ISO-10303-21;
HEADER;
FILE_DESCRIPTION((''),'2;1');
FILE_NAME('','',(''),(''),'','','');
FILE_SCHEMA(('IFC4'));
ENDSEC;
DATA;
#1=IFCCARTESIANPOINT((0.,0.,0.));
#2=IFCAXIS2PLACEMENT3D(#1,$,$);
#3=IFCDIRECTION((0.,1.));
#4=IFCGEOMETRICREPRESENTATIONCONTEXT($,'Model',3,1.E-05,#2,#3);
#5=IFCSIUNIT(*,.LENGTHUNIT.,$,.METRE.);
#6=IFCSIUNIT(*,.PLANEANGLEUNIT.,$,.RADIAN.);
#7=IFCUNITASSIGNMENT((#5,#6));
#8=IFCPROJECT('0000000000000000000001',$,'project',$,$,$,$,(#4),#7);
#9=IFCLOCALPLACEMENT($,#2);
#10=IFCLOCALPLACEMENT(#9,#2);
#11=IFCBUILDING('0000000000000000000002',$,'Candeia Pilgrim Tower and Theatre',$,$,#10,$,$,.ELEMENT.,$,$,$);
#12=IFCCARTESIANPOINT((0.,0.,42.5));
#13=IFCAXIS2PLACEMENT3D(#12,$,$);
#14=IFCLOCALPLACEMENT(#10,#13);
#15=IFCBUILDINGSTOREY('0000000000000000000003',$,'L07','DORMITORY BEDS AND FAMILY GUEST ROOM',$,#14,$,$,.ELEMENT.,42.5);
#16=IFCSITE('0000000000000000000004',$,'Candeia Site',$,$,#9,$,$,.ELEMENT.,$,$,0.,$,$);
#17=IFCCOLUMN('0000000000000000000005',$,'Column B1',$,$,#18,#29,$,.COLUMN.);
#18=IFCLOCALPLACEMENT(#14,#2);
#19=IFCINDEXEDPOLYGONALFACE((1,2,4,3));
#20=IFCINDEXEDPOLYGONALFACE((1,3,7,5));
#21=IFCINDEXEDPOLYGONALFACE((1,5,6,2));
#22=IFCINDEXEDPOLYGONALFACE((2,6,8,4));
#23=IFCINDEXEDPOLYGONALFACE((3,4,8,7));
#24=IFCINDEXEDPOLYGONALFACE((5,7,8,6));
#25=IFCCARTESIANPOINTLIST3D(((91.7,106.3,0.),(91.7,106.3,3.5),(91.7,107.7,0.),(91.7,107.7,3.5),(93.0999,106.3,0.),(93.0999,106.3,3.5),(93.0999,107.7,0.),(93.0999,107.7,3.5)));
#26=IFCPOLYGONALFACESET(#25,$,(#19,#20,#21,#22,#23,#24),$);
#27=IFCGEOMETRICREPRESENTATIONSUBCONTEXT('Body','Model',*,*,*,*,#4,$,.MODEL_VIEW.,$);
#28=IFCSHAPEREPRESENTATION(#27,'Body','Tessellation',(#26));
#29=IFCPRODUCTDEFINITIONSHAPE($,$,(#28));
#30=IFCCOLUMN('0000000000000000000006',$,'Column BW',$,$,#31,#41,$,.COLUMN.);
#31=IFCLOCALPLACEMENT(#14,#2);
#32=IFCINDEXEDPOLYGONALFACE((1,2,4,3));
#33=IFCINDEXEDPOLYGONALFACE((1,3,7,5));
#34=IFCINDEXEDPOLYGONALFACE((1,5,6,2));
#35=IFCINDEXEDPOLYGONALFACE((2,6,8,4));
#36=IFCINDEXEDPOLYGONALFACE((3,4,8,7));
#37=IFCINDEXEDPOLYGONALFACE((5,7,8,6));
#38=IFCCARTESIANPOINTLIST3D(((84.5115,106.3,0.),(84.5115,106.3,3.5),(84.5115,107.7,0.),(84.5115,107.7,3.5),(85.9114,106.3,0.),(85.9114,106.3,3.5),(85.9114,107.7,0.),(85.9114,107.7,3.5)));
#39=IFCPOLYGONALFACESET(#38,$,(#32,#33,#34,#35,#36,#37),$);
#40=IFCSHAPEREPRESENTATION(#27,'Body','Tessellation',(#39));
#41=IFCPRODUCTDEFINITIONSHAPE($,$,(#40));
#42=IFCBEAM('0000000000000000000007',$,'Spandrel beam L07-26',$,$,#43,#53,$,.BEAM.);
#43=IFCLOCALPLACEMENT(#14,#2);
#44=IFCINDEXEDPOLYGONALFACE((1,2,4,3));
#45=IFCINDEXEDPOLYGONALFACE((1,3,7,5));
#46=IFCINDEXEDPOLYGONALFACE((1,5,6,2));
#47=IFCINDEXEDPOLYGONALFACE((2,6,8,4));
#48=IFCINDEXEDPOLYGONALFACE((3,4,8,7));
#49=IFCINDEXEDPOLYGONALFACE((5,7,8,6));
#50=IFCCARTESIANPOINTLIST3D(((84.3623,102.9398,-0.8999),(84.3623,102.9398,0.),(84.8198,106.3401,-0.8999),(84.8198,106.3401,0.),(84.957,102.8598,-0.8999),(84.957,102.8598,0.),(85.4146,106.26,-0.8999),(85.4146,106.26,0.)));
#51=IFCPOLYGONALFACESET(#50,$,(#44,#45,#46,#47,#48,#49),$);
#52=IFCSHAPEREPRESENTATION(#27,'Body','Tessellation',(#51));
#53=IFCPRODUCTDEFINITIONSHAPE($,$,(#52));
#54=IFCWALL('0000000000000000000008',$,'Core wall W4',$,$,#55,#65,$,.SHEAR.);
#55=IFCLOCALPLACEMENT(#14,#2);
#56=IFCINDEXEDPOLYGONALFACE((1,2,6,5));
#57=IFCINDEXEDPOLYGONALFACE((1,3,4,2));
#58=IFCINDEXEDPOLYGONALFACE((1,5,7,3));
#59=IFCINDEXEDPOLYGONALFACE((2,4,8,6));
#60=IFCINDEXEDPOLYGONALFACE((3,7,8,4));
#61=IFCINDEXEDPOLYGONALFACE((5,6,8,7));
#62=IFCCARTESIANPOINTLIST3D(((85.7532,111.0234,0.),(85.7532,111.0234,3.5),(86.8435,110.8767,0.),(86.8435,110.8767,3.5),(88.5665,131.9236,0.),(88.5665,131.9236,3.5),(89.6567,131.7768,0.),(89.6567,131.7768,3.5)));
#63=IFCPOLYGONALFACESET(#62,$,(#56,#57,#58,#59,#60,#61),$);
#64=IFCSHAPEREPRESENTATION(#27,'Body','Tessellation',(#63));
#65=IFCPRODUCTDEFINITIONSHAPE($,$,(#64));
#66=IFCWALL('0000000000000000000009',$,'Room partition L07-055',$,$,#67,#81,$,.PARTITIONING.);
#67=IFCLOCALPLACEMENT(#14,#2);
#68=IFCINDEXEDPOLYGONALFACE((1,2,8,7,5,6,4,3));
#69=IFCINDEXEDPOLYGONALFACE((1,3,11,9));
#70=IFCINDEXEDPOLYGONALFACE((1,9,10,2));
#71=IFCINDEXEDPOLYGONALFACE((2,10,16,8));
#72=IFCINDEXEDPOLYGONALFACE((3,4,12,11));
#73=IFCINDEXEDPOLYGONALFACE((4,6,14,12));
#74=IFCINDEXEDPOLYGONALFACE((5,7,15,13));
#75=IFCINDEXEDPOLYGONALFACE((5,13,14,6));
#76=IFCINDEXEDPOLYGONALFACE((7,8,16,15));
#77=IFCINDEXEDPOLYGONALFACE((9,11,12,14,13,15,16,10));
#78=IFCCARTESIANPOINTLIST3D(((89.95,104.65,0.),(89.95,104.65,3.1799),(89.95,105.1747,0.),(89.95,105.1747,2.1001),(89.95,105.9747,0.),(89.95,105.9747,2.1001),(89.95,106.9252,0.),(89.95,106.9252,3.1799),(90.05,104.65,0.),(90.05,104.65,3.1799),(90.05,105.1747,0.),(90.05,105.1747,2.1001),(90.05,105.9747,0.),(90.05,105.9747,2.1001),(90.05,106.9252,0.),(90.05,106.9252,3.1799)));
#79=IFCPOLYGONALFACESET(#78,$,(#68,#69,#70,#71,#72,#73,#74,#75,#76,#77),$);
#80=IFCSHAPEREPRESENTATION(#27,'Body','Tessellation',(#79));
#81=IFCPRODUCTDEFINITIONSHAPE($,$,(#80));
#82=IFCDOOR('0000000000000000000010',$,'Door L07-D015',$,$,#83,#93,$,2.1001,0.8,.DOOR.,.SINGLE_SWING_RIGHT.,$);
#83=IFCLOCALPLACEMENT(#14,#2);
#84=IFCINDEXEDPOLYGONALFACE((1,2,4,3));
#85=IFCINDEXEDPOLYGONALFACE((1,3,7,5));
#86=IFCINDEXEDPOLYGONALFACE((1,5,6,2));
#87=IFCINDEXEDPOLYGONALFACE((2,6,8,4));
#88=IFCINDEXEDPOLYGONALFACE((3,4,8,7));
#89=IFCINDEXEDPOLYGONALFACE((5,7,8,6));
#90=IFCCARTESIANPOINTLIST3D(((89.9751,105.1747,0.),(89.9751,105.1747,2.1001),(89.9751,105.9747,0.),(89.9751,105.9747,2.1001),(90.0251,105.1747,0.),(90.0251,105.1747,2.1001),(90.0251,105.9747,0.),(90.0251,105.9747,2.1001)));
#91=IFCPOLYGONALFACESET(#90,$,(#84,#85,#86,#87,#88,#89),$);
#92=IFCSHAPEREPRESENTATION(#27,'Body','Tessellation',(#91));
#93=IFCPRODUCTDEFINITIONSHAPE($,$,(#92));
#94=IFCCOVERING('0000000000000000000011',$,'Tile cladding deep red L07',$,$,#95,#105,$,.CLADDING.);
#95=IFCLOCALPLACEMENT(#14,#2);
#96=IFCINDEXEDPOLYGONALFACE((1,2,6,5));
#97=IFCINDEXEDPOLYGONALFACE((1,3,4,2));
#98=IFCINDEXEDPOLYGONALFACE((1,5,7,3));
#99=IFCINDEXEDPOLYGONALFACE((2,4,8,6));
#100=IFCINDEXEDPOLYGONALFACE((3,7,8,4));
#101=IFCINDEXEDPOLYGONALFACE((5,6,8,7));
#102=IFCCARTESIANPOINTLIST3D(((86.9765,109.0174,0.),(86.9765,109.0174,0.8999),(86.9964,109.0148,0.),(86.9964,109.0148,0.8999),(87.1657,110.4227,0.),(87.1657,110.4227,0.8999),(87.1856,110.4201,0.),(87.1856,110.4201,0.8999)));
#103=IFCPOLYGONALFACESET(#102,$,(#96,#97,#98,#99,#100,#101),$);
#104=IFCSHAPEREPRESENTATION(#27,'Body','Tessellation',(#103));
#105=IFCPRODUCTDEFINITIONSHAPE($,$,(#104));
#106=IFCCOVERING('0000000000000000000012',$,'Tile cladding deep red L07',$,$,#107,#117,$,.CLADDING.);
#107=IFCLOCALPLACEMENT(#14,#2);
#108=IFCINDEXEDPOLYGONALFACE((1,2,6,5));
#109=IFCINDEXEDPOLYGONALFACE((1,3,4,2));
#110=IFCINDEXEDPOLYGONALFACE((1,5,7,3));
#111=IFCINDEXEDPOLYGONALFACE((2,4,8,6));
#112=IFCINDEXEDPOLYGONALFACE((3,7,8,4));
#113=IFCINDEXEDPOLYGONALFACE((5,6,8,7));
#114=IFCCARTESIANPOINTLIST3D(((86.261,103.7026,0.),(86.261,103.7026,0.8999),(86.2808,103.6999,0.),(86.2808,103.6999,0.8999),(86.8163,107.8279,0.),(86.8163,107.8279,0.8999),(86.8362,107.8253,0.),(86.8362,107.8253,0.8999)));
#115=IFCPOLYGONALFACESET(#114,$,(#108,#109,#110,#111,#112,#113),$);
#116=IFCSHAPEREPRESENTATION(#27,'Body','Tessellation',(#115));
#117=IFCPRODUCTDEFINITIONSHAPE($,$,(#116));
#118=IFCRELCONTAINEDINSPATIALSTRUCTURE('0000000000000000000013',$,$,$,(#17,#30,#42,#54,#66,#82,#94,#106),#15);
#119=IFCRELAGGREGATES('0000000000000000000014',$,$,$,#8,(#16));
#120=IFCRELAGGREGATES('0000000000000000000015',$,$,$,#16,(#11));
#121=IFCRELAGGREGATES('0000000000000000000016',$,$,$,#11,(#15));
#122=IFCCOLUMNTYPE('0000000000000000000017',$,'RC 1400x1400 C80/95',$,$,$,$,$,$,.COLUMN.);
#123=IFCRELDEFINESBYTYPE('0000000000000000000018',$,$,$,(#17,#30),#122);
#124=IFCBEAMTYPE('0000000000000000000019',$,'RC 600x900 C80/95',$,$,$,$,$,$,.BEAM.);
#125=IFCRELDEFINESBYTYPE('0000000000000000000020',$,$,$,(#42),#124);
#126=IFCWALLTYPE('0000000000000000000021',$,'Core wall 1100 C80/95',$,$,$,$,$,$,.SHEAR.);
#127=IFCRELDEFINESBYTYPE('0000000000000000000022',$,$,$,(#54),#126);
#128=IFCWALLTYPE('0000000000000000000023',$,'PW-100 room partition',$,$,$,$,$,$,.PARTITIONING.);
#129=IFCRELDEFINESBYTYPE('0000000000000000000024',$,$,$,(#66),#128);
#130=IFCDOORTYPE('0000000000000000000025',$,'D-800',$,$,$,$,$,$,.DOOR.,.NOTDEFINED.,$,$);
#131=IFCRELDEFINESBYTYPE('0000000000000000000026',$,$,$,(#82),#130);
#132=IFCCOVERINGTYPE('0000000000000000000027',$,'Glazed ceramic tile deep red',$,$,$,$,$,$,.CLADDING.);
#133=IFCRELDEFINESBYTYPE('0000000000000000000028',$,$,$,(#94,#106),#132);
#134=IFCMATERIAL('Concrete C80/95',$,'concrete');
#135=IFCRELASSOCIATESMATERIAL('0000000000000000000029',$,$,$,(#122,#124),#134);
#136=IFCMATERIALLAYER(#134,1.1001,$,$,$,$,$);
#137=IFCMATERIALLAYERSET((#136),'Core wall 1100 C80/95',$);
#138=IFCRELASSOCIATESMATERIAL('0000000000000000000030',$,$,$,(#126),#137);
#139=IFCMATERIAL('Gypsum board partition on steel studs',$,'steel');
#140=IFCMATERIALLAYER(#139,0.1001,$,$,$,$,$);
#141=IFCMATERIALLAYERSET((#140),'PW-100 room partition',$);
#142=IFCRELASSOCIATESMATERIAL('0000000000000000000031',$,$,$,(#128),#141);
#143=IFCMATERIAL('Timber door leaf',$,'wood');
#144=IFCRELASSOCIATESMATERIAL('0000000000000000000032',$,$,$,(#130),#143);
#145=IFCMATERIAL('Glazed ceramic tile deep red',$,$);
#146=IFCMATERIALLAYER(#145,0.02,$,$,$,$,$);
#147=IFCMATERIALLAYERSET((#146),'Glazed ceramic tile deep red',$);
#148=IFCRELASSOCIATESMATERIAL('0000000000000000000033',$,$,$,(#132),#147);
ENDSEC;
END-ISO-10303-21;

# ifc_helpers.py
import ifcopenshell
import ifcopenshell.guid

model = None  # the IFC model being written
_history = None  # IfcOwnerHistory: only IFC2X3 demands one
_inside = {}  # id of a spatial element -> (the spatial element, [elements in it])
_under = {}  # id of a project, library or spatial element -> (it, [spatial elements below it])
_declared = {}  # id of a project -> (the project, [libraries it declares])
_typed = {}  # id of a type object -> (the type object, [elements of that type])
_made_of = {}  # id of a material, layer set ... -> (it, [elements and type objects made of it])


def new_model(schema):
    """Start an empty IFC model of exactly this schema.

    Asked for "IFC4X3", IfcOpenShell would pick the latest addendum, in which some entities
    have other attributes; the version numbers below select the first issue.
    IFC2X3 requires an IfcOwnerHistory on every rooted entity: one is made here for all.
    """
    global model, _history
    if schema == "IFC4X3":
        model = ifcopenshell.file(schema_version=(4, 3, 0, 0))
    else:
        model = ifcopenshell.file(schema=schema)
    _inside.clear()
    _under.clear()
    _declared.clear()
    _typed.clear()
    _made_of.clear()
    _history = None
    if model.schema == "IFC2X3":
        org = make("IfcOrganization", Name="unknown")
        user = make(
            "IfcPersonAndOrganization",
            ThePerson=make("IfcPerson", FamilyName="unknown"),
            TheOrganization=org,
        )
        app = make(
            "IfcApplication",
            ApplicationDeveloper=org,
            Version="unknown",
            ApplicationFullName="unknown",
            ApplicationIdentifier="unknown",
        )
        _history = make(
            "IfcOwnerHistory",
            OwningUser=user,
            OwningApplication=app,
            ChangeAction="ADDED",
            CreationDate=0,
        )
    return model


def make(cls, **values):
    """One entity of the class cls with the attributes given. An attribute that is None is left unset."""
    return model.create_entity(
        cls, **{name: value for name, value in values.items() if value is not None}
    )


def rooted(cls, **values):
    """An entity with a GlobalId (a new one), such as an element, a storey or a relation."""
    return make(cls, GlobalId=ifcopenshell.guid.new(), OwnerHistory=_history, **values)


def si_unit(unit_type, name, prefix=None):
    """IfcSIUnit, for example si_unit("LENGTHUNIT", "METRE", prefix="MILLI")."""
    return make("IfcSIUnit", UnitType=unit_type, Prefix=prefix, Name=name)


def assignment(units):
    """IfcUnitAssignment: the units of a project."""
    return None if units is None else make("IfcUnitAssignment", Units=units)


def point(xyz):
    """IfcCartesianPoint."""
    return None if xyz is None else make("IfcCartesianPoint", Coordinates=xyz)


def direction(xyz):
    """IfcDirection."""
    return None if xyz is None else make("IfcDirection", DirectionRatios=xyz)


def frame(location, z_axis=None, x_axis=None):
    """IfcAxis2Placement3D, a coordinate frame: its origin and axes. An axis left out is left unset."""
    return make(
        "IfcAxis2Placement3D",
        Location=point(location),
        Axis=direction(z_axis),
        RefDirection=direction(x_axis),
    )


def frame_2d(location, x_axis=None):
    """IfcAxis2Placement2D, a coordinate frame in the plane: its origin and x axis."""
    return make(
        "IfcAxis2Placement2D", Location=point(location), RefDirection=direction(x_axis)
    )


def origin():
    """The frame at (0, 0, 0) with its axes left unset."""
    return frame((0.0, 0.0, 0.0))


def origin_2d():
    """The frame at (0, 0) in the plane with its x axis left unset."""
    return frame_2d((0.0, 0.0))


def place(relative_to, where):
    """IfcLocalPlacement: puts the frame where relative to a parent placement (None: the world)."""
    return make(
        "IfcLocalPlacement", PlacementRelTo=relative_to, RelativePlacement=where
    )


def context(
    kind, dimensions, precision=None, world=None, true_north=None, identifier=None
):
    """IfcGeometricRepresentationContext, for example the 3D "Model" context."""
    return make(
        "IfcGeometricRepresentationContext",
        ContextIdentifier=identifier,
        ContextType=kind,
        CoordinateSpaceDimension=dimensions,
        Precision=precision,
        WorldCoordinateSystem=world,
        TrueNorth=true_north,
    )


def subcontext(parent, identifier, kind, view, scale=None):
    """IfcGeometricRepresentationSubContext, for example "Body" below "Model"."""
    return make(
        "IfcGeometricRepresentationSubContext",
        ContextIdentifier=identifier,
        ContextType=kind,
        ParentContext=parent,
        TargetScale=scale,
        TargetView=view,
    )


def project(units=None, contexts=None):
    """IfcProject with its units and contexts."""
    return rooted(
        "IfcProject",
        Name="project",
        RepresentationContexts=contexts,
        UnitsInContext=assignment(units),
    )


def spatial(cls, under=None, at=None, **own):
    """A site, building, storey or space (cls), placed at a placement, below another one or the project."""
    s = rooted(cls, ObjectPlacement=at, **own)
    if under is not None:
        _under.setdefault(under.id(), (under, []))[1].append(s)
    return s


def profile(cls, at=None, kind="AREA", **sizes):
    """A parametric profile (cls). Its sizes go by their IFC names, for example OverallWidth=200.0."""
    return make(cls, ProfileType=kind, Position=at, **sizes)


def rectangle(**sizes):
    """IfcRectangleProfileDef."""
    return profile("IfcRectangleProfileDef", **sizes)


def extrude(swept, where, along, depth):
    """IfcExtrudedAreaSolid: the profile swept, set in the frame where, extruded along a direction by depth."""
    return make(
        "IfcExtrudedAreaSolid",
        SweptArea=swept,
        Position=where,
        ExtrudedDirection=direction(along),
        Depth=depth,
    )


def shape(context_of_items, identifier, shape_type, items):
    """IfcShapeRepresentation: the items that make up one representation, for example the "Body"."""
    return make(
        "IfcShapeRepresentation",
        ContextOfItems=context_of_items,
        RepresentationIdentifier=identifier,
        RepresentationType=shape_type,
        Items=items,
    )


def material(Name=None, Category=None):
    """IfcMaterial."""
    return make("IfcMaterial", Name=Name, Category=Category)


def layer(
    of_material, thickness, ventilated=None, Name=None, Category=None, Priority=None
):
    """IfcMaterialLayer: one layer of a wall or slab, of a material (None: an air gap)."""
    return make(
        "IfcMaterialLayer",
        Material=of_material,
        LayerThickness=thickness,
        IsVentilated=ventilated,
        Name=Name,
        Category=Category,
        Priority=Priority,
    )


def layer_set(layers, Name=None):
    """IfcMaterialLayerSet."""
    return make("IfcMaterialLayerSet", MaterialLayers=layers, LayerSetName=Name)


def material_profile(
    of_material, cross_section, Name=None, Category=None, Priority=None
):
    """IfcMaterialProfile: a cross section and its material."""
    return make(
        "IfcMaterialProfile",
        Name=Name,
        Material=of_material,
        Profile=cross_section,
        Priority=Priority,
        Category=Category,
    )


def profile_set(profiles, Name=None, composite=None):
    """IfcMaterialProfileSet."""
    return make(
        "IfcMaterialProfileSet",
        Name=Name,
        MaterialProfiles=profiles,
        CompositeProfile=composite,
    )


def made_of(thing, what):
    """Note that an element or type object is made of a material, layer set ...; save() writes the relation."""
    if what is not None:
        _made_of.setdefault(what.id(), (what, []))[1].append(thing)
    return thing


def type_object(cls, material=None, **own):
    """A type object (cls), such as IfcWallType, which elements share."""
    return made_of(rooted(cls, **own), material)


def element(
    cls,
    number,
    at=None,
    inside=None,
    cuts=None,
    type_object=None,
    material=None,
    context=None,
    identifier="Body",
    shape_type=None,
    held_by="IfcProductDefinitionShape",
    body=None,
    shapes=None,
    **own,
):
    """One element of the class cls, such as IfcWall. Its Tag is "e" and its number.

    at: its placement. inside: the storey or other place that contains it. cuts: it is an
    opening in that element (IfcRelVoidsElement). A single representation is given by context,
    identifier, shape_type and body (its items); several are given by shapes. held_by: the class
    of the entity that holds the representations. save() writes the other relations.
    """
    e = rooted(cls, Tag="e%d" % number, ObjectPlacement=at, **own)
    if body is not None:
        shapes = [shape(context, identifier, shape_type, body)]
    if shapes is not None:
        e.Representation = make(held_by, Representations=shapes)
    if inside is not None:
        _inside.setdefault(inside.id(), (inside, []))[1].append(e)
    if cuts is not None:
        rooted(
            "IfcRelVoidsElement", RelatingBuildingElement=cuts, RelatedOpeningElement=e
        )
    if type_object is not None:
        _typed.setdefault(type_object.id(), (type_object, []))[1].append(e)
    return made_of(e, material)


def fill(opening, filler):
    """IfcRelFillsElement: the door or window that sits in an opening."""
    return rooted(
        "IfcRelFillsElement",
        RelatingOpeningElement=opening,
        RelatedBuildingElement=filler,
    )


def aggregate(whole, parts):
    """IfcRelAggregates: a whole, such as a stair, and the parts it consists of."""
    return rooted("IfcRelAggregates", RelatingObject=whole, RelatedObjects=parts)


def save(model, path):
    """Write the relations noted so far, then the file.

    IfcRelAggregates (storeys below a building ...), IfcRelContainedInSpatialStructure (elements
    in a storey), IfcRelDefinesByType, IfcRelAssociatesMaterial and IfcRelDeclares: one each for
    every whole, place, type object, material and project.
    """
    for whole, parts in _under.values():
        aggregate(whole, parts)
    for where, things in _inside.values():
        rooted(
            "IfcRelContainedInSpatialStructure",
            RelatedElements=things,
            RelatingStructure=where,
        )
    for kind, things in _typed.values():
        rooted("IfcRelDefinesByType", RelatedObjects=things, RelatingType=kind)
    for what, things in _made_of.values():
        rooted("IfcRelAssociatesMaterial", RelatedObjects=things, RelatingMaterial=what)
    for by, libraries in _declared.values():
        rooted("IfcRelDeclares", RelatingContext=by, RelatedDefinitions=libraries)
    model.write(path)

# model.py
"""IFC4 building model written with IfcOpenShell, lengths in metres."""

from ifc_helpers import new_model, si_unit, direction, frame, frame_2d, origin, origin_2d, place, context, subcontext, project, spatial, rectangle, extrude, material, layer, layer_set, material_profile, profile_set, type_object, element, fill, save


model = new_model("IFC4")

# Units and contexts
model_context = context("Model", 3, precision=1e-05, world=origin(), true_north=direction((0.0, 1.0)))
body_context = subcontext(model_context, "Body", "Model", "MODEL_VIEW")
ifc_project = project(units=[si_unit("LENGTHUNIT", "METRE"), si_unit("PLANEANGLEUNIT", "RADIAN")], contexts=[model_context])

# Site, building, storey
site_placement = place(None, origin())
site = spatial("IfcSite", under=ifc_project, at=site_placement, Name="Candeia Site", CompositionType="ELEMENT", RefElevation=0.0)
building_placement = place(site_placement, origin())
building = spatial("IfcBuilding", under=site, at=building_placement, Name="Candeia Pilgrim Tower and Theatre", CompositionType="ELEMENT")
storey_placement = place(building_placement, frame((0.0, 0.0, 42.5)))
storey = spatial("IfcBuildingStorey", under=building, at=storey_placement, Name="L07", Description="DORMITORY BEDS AND FAMILY GUEST ROOM", CompositionType="ELEMENT", Elevation=42.5)

# Columns
ifc_material_1 = material(Name="Concrete C80/95", Category="concrete")
ifc_material_profile_1 = material_profile(ifc_material_1, rectangle(XDim=1.3999, YDim=1.3999, at=origin_2d()))
ifc_profile_set_1 = profile_set([ifc_material_profile_1], Name="Concrete C80/95")
column_type = type_object("IfcColumnType", Name="RC 1400x1400 C80/95", PredefinedType="COLUMN", material=ifc_profile_set_1)
for number, where, z_axis, x_axis, name in (
    (1, (92.3999, 107.0, 0.0), (0.0, 0.0, 1.0), (1.0, 0.0, 0.0), "Column B1"),
    (2, (85.2114, 107.0, 0.0), (0.0, 0.0, 1.0), (1.0, 0.0, 0.0), "Column BW"),
):
    element("IfcColumn", number, at=place(storey_placement, frame(where, z_axis=z_axis, x_axis=x_axis)), inside=storey, type_object=column_type, Name=name, PredefinedType="COLUMN", context=body_context, shape_type="SweptSolid", body=[
        extrude(rectangle(XDim=1.3999, YDim=1.3999, at=origin_2d()), origin(), (0.0, 0.0, 1.0), 3.5),
    ])

# Beam
ifc_material_profile_2 = material_profile(ifc_material_1, rectangle(XDim=0.6001, YDim=0.8999, at=origin_2d()))
ifc_profile_set_2 = profile_set([ifc_material_profile_2], Name="Concrete C80/95")
beam_type = type_object("IfcBeamType", Name="RC 600x900 C80/95", PredefinedType="BEAM", material=ifc_profile_set_2)
beam_placement = place(storey_placement, frame((85.1172, 106.3, -0.45), z_axis=(-0.133357, -0.991068, 0.0), x_axis=(0.991068, -0.133357, 0.0)))
element("IfcBeam", 3, at=beam_placement, inside=storey, type_object=beam_type, Name="Spandrel beam L07-26", PredefinedType="BEAM", context=body_context, shape_type="SweptSolid", body=[
    extrude(rectangle(XDim=0.6001, YDim=0.8999, at=origin_2d()), origin(), (0.0, 0.0, 1.0), 3.4309),
])

# Wall
ifc_layer_1 = layer(ifc_material_1, 1.1001)
ifc_layer_set_1 = layer_set([ifc_layer_1], Name="Core wall 1100 C80/95")
wall_type_1 = type_object("IfcWallType", Name="Core wall 1100 C80/95", PredefinedType="SHEAR", material=ifc_layer_set_1)
wall_1_placement = place(storey_placement, frame((86.2983, 110.95, 0.0), z_axis=(0.0, 0.0, 1.0), x_axis=(0.1334, 0.991062, 0.0)))
element("IfcWall", 4, at=wall_1_placement, inside=storey, type_object=wall_type_1, Name="Core wall W4", PredefinedType="SHEAR", context=body_context, shape_type="SweptSolid", body=[
    extrude(rectangle(XDim=21.0886, YDim=1.1001, at=frame_2d((10.5444, 0.0))), origin(), (0.0, 0.0, 1.0), 3.5),
])

# Wall, opening, door
ifc_material_2 = material(Name="Gypsum board partition on steel studs", Category="steel")
ifc_layer_2 = layer(ifc_material_2, 0.1001)
ifc_layer_set_2 = layer_set([ifc_layer_2], Name="PW-100 room partition")
wall_type_2 = type_object("IfcWallType", Name="PW-100 room partition", PredefinedType="PARTITIONING", material=ifc_layer_set_2)
wall_2_placement = place(storey_placement, frame((90.0, 104.6499, 0.0), z_axis=(0.0, 0.0, 1.0), x_axis=(0.0, 1.0, 0.0)))
wall_2 = element("IfcWall", 5, at=wall_2_placement, inside=storey, type_object=wall_type_2, Name="Room partition L07-055", PredefinedType="PARTITIONING", context=body_context, shape_type="SweptSolid", body=[
    extrude(rectangle(XDim=2.2751, YDim=0.1001, at=frame_2d((1.1377, 0.0))), origin(), (0.0, 0.0, 1.0), 3.1799),
])
opening_1_placement = place(wall_2_placement, frame((0.5249, 0.0, 0.0)))
opening_1 = element("IfcOpeningElement", 6, at=opening_1_placement, cuts=wall_2, PredefinedType="OPENING", context=body_context, shape_type="SweptSolid", body=[
    extrude(rectangle(XDim=0.8, YDim=2.1001, at=frame_2d((0.3999, 1.05))), frame((0.0, 0.0601, 0.0), z_axis=(0.0, -1.0, 0.0), x_axis=(1.0, 0.0, 0.0)), (0.0, 0.0, 1.0), 0.1201),
])
ifc_material_3 = material(Name="Timber door leaf", Category="wood")
door_type_1 = type_object("IfcDoorType", Name="D-800", OperationType="NOTDEFINED", PredefinedType="DOOR", material=ifc_material_3)
door_1_placement = place(opening_1_placement, origin())
door_1 = element("IfcDoor", 7, at=door_1_placement, inside=storey, type_object=door_type_1, Name="Door L07-D015", OperationType="SINGLE_SWING_RIGHT", OverallHeight=2.1001, OverallWidth=0.8, PredefinedType="DOOR", context=body_context, shape_type="SweptSolid", body=[
    extrude(rectangle(XDim=0.8, YDim=2.1001, at=frame_2d((0.3999, 1.05))), frame((0.0, 0.0249, 0.0), z_axis=(0.0, -1.0, 0.0), x_axis=(1.0, 0.0, 0.0)), (0.0, 0.0, 1.0), 0.05),
])
fill(opening_1, door_1)

# Coverings
ifc_material_4 = material(Name="Glazed ceramic tile deep red")
ifc_layer_3 = layer(ifc_material_4, 0.02)
ifc_layer_set_3 = layer_set([ifc_layer_3], Name="Glazed ceramic tile deep red")
covering_type = type_object("IfcCoveringType", Name="Glazed ceramic tile deep red", PredefinedType="CLADDING", material=ifc_layer_set_3)
covering_1_placement = place(storey_placement, frame((87.0811, 109.7188, 0.0), z_axis=(0.0, 0.0, 1.0), x_axis=(-0.133412, -0.991061, 0.0)))
element("IfcCovering", 8, at=covering_1_placement, inside=storey, type_object=covering_type, Name="Tile cladding deep red L07", PredefinedType="CLADDING", context=body_context, shape_type="SweptSolid", body=[
    extrude(rectangle(XDim=1.418, YDim=0.02, at=origin_2d()), origin(), (0.0, 0.0, 1.0), 0.8999),
])
covering_2_placement = place(storey_placement, frame((86.5486, 105.7639, 0.0), z_axis=(0.0, 0.0, 1.0), x_axis=(-0.133412, -0.991061, 0.0)))
element("IfcCovering", 9, at=covering_2_placement, inside=storey, type_object=covering_type, Name="Tile cladding deep red L07", PredefinedType="CLADDING", context=body_context, shape_type="SweptSolid", body=[
    extrude(rectangle(XDim=4.1626, YDim=0.02, at=origin_2d()), origin(), (0.0, 0.0, 1.0), 0.8999),
])

save(model, "model.ifc")
